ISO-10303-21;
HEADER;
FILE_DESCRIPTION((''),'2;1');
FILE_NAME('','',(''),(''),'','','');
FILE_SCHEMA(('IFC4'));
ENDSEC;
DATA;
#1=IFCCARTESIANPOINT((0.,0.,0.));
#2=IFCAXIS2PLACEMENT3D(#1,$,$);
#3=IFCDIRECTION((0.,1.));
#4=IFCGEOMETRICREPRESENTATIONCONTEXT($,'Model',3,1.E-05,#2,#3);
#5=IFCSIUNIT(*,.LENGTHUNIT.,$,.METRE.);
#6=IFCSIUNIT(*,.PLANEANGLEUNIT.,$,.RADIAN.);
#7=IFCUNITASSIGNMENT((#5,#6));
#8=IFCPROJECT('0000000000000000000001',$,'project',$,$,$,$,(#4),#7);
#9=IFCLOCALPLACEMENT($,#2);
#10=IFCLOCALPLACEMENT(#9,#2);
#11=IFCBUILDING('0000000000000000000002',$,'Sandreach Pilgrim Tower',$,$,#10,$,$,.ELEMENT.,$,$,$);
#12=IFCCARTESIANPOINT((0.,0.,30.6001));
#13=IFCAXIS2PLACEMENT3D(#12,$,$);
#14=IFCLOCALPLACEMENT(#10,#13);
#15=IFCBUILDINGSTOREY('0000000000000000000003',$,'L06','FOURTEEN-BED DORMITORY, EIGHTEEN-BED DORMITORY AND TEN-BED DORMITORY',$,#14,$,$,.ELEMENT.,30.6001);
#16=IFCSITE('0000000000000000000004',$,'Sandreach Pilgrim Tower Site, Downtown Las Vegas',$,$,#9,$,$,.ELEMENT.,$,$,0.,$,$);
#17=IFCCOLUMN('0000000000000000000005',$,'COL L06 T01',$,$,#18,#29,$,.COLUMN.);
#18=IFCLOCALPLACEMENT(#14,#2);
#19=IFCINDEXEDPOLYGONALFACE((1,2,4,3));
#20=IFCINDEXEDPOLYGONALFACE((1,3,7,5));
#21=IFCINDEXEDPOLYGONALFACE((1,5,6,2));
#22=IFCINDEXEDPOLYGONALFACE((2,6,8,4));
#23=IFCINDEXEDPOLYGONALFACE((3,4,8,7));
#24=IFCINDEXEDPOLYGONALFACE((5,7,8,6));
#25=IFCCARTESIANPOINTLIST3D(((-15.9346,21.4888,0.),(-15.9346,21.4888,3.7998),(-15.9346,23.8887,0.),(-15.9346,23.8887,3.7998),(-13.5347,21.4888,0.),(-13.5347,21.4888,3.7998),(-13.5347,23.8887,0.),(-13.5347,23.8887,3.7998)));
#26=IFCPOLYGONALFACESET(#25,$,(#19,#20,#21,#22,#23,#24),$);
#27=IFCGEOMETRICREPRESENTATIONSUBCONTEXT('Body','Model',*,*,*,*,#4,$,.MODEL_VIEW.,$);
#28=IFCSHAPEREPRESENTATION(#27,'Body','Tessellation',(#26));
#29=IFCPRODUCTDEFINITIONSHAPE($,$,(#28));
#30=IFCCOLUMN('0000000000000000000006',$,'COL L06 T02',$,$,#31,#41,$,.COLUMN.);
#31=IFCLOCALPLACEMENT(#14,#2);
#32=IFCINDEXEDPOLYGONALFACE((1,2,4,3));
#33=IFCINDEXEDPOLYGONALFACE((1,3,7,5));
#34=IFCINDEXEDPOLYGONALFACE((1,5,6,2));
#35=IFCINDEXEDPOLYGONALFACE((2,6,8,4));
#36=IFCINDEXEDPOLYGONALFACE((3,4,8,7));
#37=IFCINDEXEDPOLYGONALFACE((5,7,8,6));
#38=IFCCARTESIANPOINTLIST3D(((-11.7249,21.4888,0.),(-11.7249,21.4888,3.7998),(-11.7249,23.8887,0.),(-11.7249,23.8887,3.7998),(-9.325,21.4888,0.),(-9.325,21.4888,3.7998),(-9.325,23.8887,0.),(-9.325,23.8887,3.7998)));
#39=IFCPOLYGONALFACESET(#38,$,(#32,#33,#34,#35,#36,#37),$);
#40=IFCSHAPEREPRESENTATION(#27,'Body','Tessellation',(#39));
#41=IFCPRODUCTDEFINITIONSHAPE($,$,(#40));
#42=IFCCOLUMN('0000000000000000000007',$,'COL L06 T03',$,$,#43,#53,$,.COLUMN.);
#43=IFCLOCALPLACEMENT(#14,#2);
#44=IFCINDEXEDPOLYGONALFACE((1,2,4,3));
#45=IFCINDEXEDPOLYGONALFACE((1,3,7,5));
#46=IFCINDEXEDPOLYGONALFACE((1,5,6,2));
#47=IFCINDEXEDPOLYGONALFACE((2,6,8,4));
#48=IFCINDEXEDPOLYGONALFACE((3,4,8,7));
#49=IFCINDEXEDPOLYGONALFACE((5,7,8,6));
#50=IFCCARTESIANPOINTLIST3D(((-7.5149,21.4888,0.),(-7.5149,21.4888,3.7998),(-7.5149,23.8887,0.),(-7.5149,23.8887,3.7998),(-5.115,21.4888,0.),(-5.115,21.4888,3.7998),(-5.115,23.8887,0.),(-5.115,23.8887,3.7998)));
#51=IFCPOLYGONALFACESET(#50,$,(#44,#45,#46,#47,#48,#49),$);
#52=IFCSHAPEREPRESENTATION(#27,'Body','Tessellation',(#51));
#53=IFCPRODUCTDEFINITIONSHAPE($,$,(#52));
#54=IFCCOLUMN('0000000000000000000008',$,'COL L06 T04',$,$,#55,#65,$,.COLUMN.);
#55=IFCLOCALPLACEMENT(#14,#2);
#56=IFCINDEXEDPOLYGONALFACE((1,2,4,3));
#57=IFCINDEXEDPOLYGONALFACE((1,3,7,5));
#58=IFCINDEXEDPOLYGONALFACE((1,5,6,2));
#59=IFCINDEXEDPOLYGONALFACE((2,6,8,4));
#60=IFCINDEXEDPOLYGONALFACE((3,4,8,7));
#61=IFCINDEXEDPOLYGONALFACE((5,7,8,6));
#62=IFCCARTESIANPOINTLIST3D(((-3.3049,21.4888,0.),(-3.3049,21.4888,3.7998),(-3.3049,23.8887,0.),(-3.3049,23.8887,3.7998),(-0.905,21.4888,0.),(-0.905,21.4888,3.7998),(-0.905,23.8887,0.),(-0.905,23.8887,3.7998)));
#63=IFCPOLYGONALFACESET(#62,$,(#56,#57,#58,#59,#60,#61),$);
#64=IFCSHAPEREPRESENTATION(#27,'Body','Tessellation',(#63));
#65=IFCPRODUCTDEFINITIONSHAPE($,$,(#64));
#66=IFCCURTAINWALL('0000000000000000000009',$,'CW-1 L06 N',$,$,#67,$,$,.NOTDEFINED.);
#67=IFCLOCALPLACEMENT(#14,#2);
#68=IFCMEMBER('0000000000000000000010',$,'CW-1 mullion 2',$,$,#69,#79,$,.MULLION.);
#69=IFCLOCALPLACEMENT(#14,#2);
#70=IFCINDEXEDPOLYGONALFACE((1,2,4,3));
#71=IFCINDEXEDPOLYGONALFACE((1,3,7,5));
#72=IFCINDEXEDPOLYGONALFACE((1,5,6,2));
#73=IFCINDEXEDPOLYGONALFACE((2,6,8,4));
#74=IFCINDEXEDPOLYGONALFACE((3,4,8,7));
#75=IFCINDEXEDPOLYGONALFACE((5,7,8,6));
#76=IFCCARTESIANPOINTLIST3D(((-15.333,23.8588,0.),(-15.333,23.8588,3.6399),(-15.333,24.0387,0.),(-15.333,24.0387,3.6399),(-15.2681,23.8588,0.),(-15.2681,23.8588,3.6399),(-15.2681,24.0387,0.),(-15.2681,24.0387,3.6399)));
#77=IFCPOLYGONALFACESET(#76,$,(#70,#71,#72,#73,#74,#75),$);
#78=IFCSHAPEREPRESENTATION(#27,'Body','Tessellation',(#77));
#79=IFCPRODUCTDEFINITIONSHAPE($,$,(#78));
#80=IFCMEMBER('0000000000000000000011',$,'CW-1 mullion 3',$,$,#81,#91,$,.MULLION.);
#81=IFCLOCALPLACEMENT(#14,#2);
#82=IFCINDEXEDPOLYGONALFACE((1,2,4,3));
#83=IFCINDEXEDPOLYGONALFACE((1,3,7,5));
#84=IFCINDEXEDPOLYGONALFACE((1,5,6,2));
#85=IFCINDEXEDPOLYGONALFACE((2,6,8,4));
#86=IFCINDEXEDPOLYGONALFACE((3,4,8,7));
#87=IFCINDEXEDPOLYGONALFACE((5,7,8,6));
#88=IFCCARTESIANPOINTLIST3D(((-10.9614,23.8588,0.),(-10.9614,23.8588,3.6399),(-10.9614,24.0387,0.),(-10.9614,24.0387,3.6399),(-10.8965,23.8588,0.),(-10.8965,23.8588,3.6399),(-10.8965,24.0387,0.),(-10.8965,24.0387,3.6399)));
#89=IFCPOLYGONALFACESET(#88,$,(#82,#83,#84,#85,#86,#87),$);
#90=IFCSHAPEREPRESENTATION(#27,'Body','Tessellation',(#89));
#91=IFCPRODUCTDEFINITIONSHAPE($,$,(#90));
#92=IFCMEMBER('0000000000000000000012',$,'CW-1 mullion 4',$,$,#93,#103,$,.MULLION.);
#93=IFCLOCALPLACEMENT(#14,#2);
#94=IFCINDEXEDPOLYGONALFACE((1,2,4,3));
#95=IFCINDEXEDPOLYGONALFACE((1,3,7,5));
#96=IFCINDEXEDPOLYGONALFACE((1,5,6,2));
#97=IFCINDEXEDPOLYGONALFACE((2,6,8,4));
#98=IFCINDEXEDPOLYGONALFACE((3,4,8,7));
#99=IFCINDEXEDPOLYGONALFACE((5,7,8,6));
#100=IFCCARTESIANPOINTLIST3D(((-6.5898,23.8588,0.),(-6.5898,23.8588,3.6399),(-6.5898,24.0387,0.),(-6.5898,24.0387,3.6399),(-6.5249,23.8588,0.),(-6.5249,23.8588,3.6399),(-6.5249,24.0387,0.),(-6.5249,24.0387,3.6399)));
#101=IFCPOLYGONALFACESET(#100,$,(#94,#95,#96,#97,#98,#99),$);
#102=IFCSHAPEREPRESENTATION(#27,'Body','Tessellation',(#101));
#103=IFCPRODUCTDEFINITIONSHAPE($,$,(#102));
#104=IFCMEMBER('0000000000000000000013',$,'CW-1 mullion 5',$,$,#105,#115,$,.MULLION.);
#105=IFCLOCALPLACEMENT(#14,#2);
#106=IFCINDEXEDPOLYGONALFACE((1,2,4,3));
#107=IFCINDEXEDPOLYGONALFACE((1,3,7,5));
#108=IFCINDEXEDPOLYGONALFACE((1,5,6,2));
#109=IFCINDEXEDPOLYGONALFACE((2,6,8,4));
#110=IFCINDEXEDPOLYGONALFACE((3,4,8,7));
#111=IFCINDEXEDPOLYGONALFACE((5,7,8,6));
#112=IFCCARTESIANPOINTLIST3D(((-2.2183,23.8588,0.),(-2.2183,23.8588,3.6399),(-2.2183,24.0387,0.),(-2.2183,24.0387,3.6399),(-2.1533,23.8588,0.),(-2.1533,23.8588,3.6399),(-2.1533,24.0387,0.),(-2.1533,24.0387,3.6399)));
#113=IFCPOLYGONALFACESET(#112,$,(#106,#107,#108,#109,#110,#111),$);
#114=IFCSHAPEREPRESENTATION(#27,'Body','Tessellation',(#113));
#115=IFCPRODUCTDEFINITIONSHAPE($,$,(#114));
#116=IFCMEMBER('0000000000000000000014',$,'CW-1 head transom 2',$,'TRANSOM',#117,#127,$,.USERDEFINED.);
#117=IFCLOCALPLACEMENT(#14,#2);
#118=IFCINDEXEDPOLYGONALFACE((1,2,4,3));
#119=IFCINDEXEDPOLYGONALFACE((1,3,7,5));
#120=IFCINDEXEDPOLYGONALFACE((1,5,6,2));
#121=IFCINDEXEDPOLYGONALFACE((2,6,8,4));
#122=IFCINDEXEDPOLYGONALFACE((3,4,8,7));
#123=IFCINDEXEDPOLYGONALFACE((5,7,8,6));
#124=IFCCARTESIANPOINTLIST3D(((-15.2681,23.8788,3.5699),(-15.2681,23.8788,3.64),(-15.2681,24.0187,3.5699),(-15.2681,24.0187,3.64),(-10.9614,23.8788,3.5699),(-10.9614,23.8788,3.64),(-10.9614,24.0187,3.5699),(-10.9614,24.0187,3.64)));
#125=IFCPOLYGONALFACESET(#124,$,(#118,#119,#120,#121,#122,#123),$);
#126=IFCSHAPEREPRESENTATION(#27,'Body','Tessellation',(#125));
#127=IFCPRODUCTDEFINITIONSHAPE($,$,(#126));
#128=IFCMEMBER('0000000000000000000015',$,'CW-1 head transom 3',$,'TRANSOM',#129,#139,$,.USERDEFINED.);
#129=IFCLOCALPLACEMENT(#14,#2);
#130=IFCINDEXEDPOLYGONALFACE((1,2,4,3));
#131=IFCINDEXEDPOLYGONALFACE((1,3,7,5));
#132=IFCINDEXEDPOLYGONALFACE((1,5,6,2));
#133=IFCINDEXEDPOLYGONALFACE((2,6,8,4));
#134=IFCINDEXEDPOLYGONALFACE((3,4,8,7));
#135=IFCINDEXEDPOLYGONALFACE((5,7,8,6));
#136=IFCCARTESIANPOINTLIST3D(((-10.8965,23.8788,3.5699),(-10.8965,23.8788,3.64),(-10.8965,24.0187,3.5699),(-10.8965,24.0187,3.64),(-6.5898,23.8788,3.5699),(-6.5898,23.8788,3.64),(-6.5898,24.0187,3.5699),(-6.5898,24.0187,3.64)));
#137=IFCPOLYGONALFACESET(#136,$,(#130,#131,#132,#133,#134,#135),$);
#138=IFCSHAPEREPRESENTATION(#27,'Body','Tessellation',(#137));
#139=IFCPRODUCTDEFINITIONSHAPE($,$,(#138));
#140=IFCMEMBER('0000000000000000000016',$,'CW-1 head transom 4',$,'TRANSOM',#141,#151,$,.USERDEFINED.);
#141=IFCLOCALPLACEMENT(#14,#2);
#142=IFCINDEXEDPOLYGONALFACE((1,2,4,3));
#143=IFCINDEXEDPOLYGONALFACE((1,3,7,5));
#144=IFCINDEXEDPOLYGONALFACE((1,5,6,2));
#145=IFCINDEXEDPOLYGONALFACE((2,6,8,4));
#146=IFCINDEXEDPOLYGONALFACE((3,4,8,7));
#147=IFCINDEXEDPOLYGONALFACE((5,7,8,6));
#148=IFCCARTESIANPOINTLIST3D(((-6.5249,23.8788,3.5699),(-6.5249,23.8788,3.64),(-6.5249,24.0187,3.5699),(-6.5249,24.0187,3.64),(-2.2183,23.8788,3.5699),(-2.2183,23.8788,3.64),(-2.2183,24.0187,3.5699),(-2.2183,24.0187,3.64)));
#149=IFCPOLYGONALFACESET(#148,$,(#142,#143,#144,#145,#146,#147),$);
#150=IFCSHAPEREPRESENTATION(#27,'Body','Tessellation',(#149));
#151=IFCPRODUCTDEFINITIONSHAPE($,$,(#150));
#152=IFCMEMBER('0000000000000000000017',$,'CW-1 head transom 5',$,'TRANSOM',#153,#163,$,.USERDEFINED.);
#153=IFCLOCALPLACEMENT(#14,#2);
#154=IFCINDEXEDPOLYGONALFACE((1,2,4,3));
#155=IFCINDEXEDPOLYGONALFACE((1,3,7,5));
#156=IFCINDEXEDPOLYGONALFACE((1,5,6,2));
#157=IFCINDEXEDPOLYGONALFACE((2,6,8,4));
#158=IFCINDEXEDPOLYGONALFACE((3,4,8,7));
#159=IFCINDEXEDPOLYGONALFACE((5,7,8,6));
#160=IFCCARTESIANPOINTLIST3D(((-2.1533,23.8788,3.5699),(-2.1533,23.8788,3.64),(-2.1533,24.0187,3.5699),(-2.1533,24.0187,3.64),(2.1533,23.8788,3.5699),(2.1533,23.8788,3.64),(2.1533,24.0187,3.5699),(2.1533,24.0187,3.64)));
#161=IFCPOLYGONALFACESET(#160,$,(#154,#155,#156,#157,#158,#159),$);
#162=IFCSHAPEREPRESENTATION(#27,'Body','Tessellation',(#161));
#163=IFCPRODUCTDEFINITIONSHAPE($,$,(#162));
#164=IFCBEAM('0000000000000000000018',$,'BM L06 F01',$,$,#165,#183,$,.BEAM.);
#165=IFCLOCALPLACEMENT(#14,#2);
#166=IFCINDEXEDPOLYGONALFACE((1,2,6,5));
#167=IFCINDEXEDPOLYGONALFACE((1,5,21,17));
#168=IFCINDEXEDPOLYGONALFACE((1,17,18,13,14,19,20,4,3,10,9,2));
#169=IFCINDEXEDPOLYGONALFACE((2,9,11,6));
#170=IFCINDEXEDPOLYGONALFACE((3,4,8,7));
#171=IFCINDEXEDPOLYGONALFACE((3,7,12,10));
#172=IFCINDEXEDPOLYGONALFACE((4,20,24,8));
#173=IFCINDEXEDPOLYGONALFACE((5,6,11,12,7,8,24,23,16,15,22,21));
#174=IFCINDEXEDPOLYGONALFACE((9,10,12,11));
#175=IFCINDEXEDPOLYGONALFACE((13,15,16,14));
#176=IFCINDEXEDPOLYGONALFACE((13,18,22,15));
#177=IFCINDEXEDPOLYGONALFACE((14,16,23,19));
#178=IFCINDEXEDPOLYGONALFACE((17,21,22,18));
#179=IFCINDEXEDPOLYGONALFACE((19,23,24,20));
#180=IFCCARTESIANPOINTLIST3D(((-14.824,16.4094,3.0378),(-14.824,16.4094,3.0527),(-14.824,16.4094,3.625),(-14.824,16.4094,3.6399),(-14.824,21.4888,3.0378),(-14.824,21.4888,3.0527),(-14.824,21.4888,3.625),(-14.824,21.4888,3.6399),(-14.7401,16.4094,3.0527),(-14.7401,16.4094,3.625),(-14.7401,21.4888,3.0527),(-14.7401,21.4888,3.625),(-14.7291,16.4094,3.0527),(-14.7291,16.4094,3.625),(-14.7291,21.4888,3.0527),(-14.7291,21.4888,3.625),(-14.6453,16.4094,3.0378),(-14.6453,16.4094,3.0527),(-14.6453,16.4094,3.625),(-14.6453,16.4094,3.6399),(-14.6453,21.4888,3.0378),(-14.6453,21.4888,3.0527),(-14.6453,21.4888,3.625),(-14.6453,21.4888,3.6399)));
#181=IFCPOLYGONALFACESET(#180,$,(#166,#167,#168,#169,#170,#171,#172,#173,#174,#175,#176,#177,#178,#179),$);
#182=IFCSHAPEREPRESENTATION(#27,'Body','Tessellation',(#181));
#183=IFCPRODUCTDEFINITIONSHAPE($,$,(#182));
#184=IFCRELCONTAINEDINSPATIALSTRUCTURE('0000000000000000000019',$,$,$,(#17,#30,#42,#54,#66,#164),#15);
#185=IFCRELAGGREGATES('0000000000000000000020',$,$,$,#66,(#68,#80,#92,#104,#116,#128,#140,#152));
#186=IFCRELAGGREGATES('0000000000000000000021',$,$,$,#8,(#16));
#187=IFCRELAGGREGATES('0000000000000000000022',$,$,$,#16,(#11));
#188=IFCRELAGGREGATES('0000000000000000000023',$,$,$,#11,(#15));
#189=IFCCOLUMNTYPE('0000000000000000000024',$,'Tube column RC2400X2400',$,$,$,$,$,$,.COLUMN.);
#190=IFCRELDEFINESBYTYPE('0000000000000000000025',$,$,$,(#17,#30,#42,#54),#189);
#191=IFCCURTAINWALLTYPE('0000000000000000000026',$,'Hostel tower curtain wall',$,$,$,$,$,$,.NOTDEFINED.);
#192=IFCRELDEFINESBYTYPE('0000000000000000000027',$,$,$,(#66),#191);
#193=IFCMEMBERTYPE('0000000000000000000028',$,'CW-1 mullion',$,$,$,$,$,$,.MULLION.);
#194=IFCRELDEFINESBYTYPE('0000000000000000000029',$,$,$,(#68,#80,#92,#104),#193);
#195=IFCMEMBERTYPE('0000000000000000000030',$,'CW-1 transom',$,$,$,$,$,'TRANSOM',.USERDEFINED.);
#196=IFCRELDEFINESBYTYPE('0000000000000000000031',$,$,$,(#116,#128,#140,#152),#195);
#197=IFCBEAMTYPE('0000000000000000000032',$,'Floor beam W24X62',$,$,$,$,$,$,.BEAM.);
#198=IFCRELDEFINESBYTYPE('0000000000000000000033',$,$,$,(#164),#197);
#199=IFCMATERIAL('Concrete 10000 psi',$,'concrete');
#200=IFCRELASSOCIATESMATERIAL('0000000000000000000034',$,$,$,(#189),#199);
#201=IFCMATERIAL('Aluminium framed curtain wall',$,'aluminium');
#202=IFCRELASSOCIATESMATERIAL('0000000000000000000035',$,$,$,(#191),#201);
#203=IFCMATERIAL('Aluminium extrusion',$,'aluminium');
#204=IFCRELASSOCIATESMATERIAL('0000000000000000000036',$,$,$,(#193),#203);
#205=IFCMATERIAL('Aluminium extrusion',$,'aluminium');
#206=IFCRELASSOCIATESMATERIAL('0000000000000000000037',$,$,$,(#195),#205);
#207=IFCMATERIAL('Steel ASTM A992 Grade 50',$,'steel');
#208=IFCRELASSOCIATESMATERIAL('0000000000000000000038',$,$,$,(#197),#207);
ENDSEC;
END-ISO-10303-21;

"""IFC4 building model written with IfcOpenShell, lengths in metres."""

from ifc_helpers import new_model, si_unit, direction, frame, origin, origin_2d, place, context, subcontext, project, spatial, rectangle, i_section, extrude, material, material_profile, profile_set, type_object, element, aggregate, save


model = new_model("IFC4")

# Units and contexts
model_context = context("Model", 3, precision=1e-05, world=origin(), true_north=direction((0.0, 1.0)))
body_context = subcontext(model_context, "Body", "Model", "MODEL_VIEW")
ifc_project = project(units=[si_unit("LENGTHUNIT", "METRE"), si_unit("PLANEANGLEUNIT", "RADIAN")], contexts=[model_context])

# Site, building, storey
site_placement = place(None, origin())
site = spatial("IfcSite", under=ifc_project, at=site_placement, Name="Sandreach Pilgrim Tower Site, Downtown Las Vegas", CompositionType="ELEMENT", RefElevation=0.0)
building_placement = place(site_placement, origin())
building = spatial("IfcBuilding", under=site, at=building_placement, Name="Sandreach Pilgrim Tower", CompositionType="ELEMENT")
storey_placement = place(building_placement, frame((0.0, 0.0, 30.6001)))
storey = spatial("IfcBuildingStorey", under=building, at=storey_placement, Name="L06", Description="FOURTEEN-BED DORMITORY, EIGHTEEN-BED DORMITORY AND TEN-BED DORMITORY", CompositionType="ELEMENT", Elevation=30.6001)

# Columns
ifc_material_1 = material(Name="Concrete 10000 psi", Category="concrete")
ifc_material_profile_1 = material_profile(ifc_material_1, rectangle(XDim=2.3999, YDim=2.3999, at=origin_2d()), Name="RC2400X2400")
ifc_profile_set_1 = profile_set([ifc_material_profile_1], Name="Concrete 10000 psi")
column_type = type_object("IfcColumnType", Name="Tube column RC2400X2400", PredefinedType="COLUMN", material=ifc_profile_set_1)
for number, where, z_axis, x_axis, name in (
    (1, (-14.7346, 22.6887, 0.0), (0.0, 0.0, 1.0), (0.0, 1.0, 0.0), "COL L06 T01"),
    (2, (-10.5249, 22.6887, 0.0), (0.0, 0.0, 1.0), (0.0, 1.0, 0.0), "COL L06 T02"),
    (3, (-6.3149, 22.6887, 0.0), (0.0, 0.0, 1.0), (0.0, 1.0, 0.0), "COL L06 T03"),
    (4, (-2.105, 22.6887, 0.0), (0.0, 0.0, 1.0), (0.0, 1.0, 0.0), "COL L06 T04"),
):
    element("IfcColumn", number, at=place(storey_placement, frame(where, z_axis=z_axis, x_axis=x_axis)), inside=storey, type_object=column_type, Name=name, PredefinedType="COLUMN", context=body_context, shape_type="SweptSolid", body=[
        extrude(rectangle(XDim=2.3999, YDim=2.3999, at=origin_2d()), origin(), (0.0, 0.0, 1.0), 3.7998),
    ])

# Curtain wall, members
ifc_material_2 = material(Name="Aluminium framed curtain wall", Category="aluminium")
curtain_wall_type = type_object("IfcCurtainWallType", Name="Hostel tower curtain wall", PredefinedType="NOTDEFINED", material=ifc_material_2)
curtain_wall_placement = place(storey_placement, origin())
curtain_wall = element("IfcCurtainWall", 5, at=curtain_wall_placement, inside=storey, type_object=curtain_wall_type, Name="CW-1 L06 N", PredefinedType="NOTDEFINED")
ifc_material_3 = material(Name="Aluminium extrusion", Category="aluminium")
ifc_material_profile_2 = material_profile(ifc_material_3, rectangle(XDim=0.0649, YDim=0.1799, at=origin_2d()), Name="CW-1M 65X180")
ifc_profile_set_2 = profile_set([ifc_material_profile_2], Name="Aluminium extrusion")
member_type_1 = type_object("IfcMemberType", Name="CW-1 mullion", PredefinedType="MULLION", material=ifc_profile_set_2)
member_1_placement = place(storey_placement, frame((-15.3005, 23.9487, 0.0), z_axis=(0.0, 0.0, 1.0), x_axis=(1.0, 0.0, 0.0)))
member_1 = element("IfcMember", 6, at=member_1_placement, type_object=member_type_1, Name="CW-1 mullion 2", PredefinedType="MULLION", context=body_context, shape_type="SweptSolid", body=[
    extrude(rectangle(XDim=0.0649, YDim=0.1799, at=origin_2d()), origin(), (0.0, 0.0, 1.0), 3.6399),
])
member_2_placement = place(storey_placement, frame((-10.929, 23.9487, 0.0), z_axis=(0.0, 0.0, 1.0), x_axis=(1.0, 0.0, 0.0)))
member_2 = element("IfcMember", 7, at=member_2_placement, type_object=member_type_1, Name="CW-1 mullion 3", PredefinedType="MULLION", context=body_context, shape_type="SweptSolid", body=[
    extrude(rectangle(XDim=0.0649, YDim=0.1799, at=origin_2d()), origin(), (0.0, 0.0, 1.0), 3.6399),
])
member_3_placement = place(storey_placement, frame((-6.5574, 23.9487, 0.0), z_axis=(0.0, 0.0, 1.0), x_axis=(1.0, 0.0, 0.0)))
member_3 = element("IfcMember", 8, at=member_3_placement, type_object=member_type_1, Name="CW-1 mullion 4", PredefinedType="MULLION", context=body_context, shape_type="SweptSolid", body=[
    extrude(rectangle(XDim=0.0649, YDim=0.1799, at=origin_2d()), origin(), (0.0, 0.0, 1.0), 3.6399),
])
member_4_placement = place(storey_placement, frame((-2.1858, 23.9487, 0.0), z_axis=(0.0, 0.0, 1.0), x_axis=(1.0, 0.0, 0.0)))
member_4 = element("IfcMember", 9, at=member_4_placement, type_object=member_type_1, Name="CW-1 mullion 5", PredefinedType="MULLION", context=body_context, shape_type="SweptSolid", body=[
    extrude(rectangle(XDim=0.0649, YDim=0.1799, at=origin_2d()), origin(), (0.0, 0.0, 1.0), 3.6399),
])
ifc_material_4 = material(Name="Aluminium extrusion", Category="aluminium")
ifc_material_profile_3 = material_profile(ifc_material_4, rectangle(XDim=0.1399, YDim=0.0701, at=origin_2d()), Name="CW-1T 140X70")
ifc_profile_set_3 = profile_set([ifc_material_profile_3], Name="Aluminium extrusion")
member_type_2 = type_object("IfcMemberType", Name="CW-1 transom", ElementType="TRANSOM", PredefinedType="USERDEFINED", material=ifc_profile_set_3)
member_5_placement = place(storey_placement, frame((-15.2681, 23.9487, 3.605), z_axis=(1.0, 0.0, 0.0), x_axis=(0.0, 1.0, 0.0)))
member_5 = element("IfcMember", 10, at=member_5_placement, type_object=member_type_2, Name="CW-1 head transom 2", ObjectType="TRANSOM", PredefinedType="USERDEFINED", context=body_context, shape_type="SweptSolid", body=[
    extrude(rectangle(XDim=0.1399, YDim=0.0701, at=origin_2d()), origin(), (0.0, 0.0, 1.0), 4.3066),
])
member_6_placement = place(storey_placement, frame((-10.8965, 23.9487, 3.605), z_axis=(1.0, 0.0, 0.0), x_axis=(0.0, 1.0, 0.0)))
member_6 = element("IfcMember", 11, at=member_6_placement, type_object=member_type_2, Name="CW-1 head transom 3", ObjectType="TRANSOM", PredefinedType="USERDEFINED", context=body_context, shape_type="SweptSolid", body=[
    extrude(rectangle(XDim=0.1399, YDim=0.0701, at=origin_2d()), origin(), (0.0, 0.0, 1.0), 4.3066),
])
member_7_placement = place(storey_placement, frame((-6.5249, 23.9487, 3.605), z_axis=(1.0, 0.0, 0.0), x_axis=(0.0, 1.0, 0.0)))
member_7 = element("IfcMember", 12, at=member_7_placement, type_object=member_type_2, Name="CW-1 head transom 4", ObjectType="TRANSOM", PredefinedType="USERDEFINED", context=body_context, shape_type="SweptSolid", body=[
    extrude(rectangle(XDim=0.1399, YDim=0.0701, at=origin_2d()), origin(), (0.0, 0.0, 1.0), 4.3066),
])
member_8_placement = place(storey_placement, frame((-2.1533, 23.9487, 3.605), z_axis=(1.0, 0.0, 0.0), x_axis=(0.0, 1.0, 0.0)))
member_8 = element("IfcMember", 13, at=member_8_placement, type_object=member_type_2, Name="CW-1 head transom 5", ObjectType="TRANSOM", PredefinedType="USERDEFINED", context=body_context, shape_type="SweptSolid", body=[
    extrude(rectangle(XDim=0.1399, YDim=0.0701, at=origin_2d()), origin(), (0.0, 0.0, 1.0), 4.3066),
])

# Beam
ifc_material_5 = material(Name="Steel ASTM A992 Grade 50", Category="steel")
ifc_material_profile_4 = material_profile(ifc_material_5, i_section(OverallWidth=0.1787, OverallDepth=0.6021, WebThickness=0.011, FlangeThickness=0.0149, at=origin_2d()), Name="W24X62")
ifc_profile_set_4 = profile_set([ifc_material_profile_4], Name="Steel ASTM A992 Grade 50")
beam_type_1 = type_object("IfcBeamType", Name="Floor beam W24X62", PredefinedType="BEAM", material=ifc_profile_set_4)
beam_1_placement = place(storey_placement, frame((-14.7346, 21.4888, 3.3389), z_axis=(0.0, -1.0, 0.0), x_axis=(1.0, 0.0, 0.0)))
element("IfcBeam", 14, at=beam_1_placement, inside=storey, type_object=beam_type_1, Name="BM L06 F01", PredefinedType="BEAM", context=body_context, shape_type="SweptSolid", body=[
    extrude(i_section(OverallWidth=0.1787, OverallDepth=0.6021, WebThickness=0.011, FlangeThickness=0.0149, at=origin_2d()), origin(), (0.0, 0.0, 1.0), 5.0793),
])

aggregate(curtain_wall, [member_1, member_2, member_3, member_4, member_5, member_6, member_7, member_8])

save(model, "model.ifc")
